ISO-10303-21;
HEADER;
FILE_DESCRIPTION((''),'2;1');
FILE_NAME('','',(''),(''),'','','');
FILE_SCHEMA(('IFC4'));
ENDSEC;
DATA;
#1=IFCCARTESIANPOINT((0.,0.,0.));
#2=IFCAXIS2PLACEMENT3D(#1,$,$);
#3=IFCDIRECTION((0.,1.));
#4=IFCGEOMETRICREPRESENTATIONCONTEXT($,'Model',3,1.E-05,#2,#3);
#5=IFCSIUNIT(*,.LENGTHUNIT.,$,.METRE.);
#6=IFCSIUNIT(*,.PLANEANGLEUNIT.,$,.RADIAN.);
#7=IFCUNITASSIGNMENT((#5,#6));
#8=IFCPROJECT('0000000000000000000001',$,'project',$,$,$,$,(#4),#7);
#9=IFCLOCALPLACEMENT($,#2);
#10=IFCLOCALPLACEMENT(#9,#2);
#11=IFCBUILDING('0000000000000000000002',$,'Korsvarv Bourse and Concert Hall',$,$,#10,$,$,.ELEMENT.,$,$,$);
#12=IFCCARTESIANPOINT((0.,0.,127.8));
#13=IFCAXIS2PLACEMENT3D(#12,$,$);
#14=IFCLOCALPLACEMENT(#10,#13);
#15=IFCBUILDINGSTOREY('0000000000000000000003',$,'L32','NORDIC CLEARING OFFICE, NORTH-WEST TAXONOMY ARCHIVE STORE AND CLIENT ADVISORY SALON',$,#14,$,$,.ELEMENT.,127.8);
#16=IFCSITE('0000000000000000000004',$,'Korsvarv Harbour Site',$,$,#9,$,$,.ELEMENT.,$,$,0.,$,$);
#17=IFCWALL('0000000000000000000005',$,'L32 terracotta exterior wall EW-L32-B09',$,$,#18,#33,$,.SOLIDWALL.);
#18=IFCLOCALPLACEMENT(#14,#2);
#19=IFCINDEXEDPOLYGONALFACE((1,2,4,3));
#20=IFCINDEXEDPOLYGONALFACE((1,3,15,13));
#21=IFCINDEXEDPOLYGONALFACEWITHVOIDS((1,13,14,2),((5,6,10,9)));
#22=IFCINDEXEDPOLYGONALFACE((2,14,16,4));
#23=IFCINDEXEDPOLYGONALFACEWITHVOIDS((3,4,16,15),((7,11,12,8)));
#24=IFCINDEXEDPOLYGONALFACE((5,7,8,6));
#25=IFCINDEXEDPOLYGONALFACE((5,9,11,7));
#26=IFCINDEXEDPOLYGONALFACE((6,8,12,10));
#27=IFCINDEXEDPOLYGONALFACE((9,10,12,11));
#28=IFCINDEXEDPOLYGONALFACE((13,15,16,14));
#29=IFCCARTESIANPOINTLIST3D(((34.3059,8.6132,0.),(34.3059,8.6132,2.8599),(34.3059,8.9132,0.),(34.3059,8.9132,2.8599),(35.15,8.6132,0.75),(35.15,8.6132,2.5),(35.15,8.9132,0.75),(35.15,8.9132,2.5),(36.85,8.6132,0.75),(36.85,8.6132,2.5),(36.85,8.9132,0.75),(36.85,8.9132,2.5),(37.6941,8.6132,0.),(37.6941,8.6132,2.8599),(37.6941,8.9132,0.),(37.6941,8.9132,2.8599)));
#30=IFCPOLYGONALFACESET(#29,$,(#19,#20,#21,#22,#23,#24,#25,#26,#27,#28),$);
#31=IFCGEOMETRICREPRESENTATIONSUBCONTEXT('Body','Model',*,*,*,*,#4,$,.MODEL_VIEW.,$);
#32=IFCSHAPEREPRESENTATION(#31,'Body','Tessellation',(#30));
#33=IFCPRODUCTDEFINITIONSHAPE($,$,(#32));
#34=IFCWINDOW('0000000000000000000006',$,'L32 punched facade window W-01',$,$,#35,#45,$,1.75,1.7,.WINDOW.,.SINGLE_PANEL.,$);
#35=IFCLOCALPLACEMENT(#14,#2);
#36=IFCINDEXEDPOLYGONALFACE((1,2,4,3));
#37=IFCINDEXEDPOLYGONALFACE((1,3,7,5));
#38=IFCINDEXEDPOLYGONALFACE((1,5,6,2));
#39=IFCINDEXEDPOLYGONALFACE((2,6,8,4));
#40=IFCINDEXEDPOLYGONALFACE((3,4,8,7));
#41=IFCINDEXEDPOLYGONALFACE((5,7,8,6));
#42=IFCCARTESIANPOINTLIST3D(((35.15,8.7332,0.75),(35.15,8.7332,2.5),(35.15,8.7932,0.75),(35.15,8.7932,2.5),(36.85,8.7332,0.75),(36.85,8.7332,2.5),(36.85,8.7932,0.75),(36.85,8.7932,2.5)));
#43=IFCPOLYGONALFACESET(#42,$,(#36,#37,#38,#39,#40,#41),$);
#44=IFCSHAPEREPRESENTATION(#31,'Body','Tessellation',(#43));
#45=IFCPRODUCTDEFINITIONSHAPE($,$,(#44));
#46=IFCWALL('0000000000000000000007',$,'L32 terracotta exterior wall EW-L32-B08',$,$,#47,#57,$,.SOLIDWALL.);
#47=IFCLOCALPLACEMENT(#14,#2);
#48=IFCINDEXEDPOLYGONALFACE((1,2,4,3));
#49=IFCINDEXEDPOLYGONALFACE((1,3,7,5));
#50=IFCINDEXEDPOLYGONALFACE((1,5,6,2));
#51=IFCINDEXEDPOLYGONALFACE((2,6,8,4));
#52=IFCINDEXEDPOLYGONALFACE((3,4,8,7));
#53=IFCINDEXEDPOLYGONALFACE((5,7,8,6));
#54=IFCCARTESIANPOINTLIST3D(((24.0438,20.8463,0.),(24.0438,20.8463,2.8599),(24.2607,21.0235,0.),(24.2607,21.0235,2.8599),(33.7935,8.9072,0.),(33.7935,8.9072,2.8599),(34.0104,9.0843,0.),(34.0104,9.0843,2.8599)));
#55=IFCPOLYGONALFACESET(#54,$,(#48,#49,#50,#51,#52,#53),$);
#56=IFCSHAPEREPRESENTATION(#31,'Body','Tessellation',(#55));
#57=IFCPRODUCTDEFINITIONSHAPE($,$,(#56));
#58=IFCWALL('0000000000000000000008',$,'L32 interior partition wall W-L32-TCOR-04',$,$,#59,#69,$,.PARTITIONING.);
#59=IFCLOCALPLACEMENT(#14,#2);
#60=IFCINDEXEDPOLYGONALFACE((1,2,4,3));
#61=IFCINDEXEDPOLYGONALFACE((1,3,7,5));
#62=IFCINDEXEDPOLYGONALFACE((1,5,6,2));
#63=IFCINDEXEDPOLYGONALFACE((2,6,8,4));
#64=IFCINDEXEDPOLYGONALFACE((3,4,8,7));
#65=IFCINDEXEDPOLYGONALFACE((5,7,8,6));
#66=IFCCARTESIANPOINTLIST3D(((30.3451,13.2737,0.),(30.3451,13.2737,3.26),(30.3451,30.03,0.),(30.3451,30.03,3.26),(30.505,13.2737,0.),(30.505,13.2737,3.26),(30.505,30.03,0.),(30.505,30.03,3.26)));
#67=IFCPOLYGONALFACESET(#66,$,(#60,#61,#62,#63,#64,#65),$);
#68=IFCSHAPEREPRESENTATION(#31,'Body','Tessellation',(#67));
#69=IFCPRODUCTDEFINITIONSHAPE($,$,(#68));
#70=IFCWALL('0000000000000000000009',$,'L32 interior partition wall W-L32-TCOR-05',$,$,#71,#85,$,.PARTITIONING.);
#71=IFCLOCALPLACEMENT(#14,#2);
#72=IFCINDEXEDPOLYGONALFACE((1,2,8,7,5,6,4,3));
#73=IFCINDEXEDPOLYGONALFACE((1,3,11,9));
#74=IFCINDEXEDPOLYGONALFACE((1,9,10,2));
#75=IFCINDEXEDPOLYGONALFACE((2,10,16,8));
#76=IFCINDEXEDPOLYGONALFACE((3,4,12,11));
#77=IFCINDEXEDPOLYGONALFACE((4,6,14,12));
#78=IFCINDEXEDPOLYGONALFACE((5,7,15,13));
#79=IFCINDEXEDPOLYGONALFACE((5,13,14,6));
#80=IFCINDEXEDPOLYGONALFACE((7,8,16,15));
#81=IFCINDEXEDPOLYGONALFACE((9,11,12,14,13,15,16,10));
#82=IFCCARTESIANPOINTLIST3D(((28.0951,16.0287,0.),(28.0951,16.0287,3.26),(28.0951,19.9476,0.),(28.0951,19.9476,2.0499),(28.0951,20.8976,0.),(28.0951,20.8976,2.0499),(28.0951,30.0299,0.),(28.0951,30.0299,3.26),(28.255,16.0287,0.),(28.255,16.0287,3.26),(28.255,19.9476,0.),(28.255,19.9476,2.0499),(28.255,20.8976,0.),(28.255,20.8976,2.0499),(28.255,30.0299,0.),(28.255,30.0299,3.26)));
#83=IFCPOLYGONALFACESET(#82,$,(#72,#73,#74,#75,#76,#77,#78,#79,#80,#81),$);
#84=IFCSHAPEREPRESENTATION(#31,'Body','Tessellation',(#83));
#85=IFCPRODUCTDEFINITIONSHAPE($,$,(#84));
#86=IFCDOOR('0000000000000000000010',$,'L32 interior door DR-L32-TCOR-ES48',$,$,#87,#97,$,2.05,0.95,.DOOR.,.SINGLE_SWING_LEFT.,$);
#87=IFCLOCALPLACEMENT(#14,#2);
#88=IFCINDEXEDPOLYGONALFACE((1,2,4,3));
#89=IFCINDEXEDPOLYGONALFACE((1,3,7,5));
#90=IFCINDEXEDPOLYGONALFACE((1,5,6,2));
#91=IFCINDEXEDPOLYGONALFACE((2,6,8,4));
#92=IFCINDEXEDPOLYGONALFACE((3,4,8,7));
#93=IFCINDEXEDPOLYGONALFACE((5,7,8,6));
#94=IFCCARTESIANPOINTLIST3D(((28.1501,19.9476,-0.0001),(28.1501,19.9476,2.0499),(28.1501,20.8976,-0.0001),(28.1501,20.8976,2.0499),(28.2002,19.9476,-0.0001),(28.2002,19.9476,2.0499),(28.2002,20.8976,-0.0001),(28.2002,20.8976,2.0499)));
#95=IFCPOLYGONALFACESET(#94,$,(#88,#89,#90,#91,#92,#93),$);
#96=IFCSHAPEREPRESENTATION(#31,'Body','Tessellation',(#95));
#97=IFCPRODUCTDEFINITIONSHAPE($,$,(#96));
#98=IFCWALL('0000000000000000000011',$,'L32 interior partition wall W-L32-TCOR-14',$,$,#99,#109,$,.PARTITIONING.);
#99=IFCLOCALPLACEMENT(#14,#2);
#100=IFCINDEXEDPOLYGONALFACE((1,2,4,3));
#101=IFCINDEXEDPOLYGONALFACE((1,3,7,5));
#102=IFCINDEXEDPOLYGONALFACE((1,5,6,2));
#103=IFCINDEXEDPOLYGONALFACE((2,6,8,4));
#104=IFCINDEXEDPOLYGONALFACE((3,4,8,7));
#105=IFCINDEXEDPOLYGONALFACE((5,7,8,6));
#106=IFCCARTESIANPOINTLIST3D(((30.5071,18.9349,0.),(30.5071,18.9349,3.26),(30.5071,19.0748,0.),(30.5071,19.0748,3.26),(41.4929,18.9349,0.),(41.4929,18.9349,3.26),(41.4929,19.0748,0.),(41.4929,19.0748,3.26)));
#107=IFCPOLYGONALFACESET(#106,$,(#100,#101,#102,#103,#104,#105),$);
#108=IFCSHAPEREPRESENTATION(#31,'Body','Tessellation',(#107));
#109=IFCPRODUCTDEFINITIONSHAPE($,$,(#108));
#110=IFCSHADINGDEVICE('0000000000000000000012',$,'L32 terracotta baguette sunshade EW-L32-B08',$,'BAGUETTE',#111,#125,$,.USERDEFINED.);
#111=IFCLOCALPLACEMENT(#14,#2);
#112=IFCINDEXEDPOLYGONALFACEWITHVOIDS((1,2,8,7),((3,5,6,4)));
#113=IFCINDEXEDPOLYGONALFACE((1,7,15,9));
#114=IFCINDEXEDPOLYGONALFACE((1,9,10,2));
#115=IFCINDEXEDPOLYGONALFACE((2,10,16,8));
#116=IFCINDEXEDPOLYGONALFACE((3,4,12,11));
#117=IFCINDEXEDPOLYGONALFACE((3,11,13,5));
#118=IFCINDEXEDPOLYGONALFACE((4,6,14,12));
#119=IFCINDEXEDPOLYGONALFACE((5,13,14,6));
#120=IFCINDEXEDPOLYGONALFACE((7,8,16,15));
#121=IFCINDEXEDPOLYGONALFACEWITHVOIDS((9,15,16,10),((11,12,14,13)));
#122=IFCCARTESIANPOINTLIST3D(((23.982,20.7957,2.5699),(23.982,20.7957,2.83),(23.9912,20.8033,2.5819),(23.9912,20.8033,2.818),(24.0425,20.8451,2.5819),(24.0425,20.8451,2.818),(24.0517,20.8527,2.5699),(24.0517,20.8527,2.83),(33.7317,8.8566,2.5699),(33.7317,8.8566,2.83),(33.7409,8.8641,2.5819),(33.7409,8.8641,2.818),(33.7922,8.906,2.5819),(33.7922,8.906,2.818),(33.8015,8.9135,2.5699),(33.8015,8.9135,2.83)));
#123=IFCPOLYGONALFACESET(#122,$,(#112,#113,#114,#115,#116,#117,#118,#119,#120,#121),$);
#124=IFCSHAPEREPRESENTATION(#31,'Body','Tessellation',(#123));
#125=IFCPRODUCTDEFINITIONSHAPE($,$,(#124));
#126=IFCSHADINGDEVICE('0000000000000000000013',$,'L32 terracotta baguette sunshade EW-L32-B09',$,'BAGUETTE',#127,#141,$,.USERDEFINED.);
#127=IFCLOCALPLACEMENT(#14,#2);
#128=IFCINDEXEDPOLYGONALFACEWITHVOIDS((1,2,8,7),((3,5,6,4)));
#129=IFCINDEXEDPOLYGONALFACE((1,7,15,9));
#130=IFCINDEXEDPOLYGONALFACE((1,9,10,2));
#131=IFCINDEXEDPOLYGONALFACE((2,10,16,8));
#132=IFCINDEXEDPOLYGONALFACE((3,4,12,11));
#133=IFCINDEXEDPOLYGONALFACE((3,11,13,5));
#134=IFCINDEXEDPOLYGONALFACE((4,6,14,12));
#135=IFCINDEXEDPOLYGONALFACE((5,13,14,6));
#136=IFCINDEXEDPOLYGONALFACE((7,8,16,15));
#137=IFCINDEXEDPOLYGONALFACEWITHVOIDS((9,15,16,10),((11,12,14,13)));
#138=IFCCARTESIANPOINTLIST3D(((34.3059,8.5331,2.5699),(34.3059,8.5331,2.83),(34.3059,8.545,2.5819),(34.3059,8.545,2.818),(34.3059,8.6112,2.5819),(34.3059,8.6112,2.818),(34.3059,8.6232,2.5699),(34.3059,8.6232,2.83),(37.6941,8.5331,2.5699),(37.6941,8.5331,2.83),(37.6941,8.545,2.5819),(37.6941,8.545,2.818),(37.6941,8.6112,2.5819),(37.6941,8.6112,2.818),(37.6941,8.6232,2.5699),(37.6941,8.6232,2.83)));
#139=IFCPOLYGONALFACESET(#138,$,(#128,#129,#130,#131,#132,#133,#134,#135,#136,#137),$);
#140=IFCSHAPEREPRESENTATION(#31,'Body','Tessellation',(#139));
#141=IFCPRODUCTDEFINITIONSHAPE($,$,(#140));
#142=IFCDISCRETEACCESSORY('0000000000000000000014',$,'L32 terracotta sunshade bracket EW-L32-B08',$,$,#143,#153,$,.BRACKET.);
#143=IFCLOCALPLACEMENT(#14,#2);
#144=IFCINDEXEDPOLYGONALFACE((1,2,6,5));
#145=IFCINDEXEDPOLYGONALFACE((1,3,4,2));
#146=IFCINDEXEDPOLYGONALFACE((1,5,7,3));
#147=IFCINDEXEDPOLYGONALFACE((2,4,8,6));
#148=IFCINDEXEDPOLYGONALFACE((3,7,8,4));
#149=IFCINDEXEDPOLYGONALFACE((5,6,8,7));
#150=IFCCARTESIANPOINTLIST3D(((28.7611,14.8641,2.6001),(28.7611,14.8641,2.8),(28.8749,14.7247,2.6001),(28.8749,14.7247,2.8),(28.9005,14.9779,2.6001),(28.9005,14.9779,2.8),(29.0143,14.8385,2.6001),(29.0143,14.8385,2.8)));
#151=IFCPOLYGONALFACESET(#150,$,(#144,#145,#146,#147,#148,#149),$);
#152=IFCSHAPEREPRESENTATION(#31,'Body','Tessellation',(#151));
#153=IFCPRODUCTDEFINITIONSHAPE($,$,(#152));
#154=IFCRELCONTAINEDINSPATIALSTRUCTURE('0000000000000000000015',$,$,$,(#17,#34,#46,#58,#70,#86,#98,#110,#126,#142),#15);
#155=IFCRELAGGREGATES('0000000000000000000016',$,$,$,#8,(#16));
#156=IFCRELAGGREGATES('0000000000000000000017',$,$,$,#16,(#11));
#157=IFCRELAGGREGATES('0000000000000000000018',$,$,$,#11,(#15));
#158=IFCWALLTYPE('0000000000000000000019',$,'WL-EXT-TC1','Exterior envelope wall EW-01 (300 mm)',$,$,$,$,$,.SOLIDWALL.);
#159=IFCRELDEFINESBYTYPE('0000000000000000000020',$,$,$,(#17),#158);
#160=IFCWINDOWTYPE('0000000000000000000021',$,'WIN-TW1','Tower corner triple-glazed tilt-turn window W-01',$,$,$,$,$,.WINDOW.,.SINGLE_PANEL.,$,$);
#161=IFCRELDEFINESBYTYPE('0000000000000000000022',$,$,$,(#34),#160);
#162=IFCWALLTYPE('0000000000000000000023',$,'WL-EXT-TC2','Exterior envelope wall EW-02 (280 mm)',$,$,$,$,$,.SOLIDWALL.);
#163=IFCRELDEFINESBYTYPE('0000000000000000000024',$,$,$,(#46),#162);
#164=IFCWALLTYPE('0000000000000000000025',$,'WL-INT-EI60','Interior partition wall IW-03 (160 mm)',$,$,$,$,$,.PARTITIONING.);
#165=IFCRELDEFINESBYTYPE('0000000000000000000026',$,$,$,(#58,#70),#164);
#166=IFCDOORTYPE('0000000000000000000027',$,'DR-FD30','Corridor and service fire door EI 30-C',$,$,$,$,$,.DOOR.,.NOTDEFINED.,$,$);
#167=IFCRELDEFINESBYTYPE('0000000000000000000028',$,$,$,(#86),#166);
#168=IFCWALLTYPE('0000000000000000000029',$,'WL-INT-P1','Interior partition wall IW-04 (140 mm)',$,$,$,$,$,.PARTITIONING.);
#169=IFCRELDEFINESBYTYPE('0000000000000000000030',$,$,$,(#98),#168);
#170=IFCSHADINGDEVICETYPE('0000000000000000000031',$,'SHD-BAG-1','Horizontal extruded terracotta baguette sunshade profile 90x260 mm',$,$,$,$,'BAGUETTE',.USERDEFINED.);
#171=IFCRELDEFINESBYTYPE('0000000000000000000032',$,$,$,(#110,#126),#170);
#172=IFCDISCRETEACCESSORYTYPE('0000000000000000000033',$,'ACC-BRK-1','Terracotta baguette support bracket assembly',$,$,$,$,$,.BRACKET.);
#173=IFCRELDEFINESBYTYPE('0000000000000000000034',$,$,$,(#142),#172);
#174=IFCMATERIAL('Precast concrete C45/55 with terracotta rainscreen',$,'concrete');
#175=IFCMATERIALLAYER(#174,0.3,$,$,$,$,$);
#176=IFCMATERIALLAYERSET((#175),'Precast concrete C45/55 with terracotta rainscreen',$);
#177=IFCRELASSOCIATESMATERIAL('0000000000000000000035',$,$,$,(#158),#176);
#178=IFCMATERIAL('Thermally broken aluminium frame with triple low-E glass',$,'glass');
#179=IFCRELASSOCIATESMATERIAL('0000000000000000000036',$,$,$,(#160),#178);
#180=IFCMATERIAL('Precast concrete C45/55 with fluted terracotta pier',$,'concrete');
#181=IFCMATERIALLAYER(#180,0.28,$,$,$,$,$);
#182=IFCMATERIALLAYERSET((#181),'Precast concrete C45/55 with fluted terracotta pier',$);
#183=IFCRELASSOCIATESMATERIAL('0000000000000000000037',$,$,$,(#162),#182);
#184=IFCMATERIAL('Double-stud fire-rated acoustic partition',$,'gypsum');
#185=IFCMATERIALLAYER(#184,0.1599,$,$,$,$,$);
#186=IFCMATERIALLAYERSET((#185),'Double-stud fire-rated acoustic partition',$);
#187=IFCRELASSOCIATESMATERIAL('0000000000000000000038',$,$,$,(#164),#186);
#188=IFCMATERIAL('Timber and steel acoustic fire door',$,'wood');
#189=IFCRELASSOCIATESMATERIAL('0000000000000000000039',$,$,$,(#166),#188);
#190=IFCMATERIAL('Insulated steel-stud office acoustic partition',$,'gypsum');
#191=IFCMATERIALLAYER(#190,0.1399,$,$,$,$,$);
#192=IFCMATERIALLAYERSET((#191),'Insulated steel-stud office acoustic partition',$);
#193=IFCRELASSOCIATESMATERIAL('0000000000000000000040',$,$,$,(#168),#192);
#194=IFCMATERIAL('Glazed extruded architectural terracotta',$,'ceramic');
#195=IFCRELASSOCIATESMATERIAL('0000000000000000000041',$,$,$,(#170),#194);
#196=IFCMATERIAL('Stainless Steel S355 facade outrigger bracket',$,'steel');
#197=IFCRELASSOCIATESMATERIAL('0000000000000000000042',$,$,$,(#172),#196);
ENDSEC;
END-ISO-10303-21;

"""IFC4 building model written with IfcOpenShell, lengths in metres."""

from ifc_helpers import new_model, si_unit, direction, frame, frame_2d, origin, origin_2d, place, context, subcontext, project, spatial, rectangle, hollow_rectangle, extrude, source, transform, mapped, material, layer, layer_set, material_profile, profile_set, type_object, element, fill, save


model = new_model("IFC4")

# Units and contexts
model_context = context("Model", 3, precision=1e-05, world=origin(), true_north=direction((0.0, 1.0)))
body_context = subcontext(model_context, "Body", "Model", "MODEL_VIEW")
ifc_project = project(units=[si_unit("LENGTHUNIT", "METRE"), si_unit("PLANEANGLEUNIT", "RADIAN")], contexts=[model_context])

# Site, building, storey
site_placement = place(None, origin())
site = spatial("IfcSite", under=ifc_project, at=site_placement, Name="Korsvarv Harbour Site", CompositionType="ELEMENT", RefElevation=0.0)
building_placement = place(site_placement, origin())
building = spatial("IfcBuilding", under=site, at=building_placement, Name="Korsvarv Bourse and Concert Hall", CompositionType="ELEMENT")
storey_placement = place(building_placement, frame((0.0, 0.0, 127.8)))
storey = spatial("IfcBuildingStorey", under=building, at=storey_placement, Name="L32", Description="NORDIC CLEARING OFFICE, NORTH-WEST TAXONOMY ARCHIVE STORE AND CLIENT ADVISORY SALON", CompositionType="ELEMENT", Elevation=127.8)

# Wall, opening, window
ifc_material_1 = material(Name="Precast concrete C45/55 with terracotta rainscreen", Category="concrete")
ifc_layer_1 = layer(ifc_material_1, 0.3)
ifc_layer_set_1 = layer_set([ifc_layer_1], Name="Precast concrete C45/55 with terracotta rainscreen")
wall_type_1 = type_object("IfcWallType", Name="WL-EXT-TC1", Description="Exterior envelope wall EW-01 (300 mm)", PredefinedType="SOLIDWALL", material=ifc_layer_set_1)
wall_1_placement = place(storey_placement, frame((34.3059, 8.7632, 0.0), z_axis=(0.0, 0.0, 1.0), x_axis=(1.0, 0.0, 0.0)))
wall_1 = element("IfcWall", 1, at=wall_1_placement, inside=storey, type_object=wall_type_1, Name="L32 terracotta exterior wall EW-L32-B09", PredefinedType="SOLIDWALL", context=body_context, shape_type="SweptSolid", body=[
    extrude(rectangle(XDim=3.3882, YDim=0.3, at=frame_2d((1.6941, 0.0))), origin(), (0.0, 0.0, 1.0), 2.8599),
])
opening_1_placement = place(wall_1_placement, frame((0.844, 0.0, 0.75)))
opening_1 = element("IfcOpeningElement", 2, at=opening_1_placement, cuts=wall_1, PredefinedType="OPENING", context=body_context, shape_type="SweptSolid", body=[
    extrude(rectangle(XDim=1.7, YDim=1.75, at=frame_2d((0.8501, 0.875))), frame((0.0, 0.1602, 0.0), z_axis=(0.0, -1.0, 0.0), x_axis=(1.0, 0.0, 0.0)), (0.0, 0.0, 1.0), 0.3201),
])
ifc_material_2 = material(Name="Thermally broken aluminium frame with triple low-E glass", Category="glass")
window_type = type_object("IfcWindowType", Name="WIN-TW1", Description="Tower corner triple-glazed tilt-turn window W-01", PartitioningType="SINGLE_PANEL", PredefinedType="WINDOW", material=ifc_material_2)
window_placement = place(opening_1_placement, origin())
window = element("IfcWindow", 3, at=window_placement, inside=storey, type_object=window_type, Name="L32 punched facade window W-01", OverallHeight=1.75, OverallWidth=1.7, PartitioningType="SINGLE_PANEL", PredefinedType="WINDOW", context=body_context, shape_type="SweptSolid", body=[
    extrude(rectangle(XDim=1.7, YDim=1.75, at=frame_2d((0.8501, 0.875))), frame((0.0, 0.03, 0.0), z_axis=(0.0, -1.0, 0.0), x_axis=(1.0, 0.0, 0.0)), (0.0, 0.0, 1.0), 0.0601),
])
fill(opening_1, window)

# Walls
ifc_material_3 = material(Name="Precast concrete C45/55 with fluted terracotta pier", Category="concrete")
ifc_layer_2 = layer(ifc_material_3, 0.28)
ifc_layer_set_2 = layer_set([ifc_layer_2], Name="Precast concrete C45/55 with fluted terracotta pier")
wall_type_2 = type_object("IfcWallType", Name="WL-EXT-TC2", Description="Exterior envelope wall EW-02 (280 mm)", PredefinedType="SOLIDWALL", material=ifc_layer_set_2)
wall_2_placement = place(storey_placement, frame((24.1523, 20.9348, 0.0), z_axis=(0.0, 0.0, 1.0), x_axis=(0.632511, -0.774551, 0.0)))
element("IfcWall", 4, at=wall_2_placement, inside=storey, type_object=wall_type_2, Name="L32 terracotta exterior wall EW-L32-B08", PredefinedType="SOLIDWALL", context=body_context, shape_type="SweptSolid", body=[
    extrude(rectangle(XDim=15.4143, YDim=0.28, at=frame_2d((7.707, 0.0))), origin(), (0.0, 0.0, 1.0), 2.8599),
])
ifc_material_4 = material(Name="Double-stud fire-rated acoustic partition", Category="gypsum")
ifc_layer_3 = layer(ifc_material_4, 0.1599)
ifc_layer_set_3 = layer_set([ifc_layer_3], Name="Double-stud fire-rated acoustic partition")
wall_type_3 = type_object("IfcWallType", Name="WL-INT-EI60", Description="Interior partition wall IW-03 (160 mm)", PredefinedType="PARTITIONING", material=ifc_layer_set_3)
wall_3_placement = place(storey_placement, frame((30.425, 13.2737, 0.0), z_axis=(0.0, 0.0, 1.0), x_axis=(0.0, 1.0, 0.0)))
element("IfcWall", 5, at=wall_3_placement, inside=storey, type_object=wall_type_3, Name="L32 interior partition wall W-L32-TCOR-04", PredefinedType="PARTITIONING", context=body_context, shape_type="SweptSolid", body=[
    extrude(rectangle(XDim=16.7563, YDim=0.1599, at=frame_2d((8.3782, 0.0))), origin(), (0.0, 0.0, 1.0), 3.26),
])

# Wall, opening, door
wall_4_placement = place(storey_placement, frame((28.175, 16.0288, 0.0), z_axis=(0.0, 0.0, 1.0), x_axis=(0.0, 1.0, 0.0)))
wall_4 = element("IfcWall", 6, at=wall_4_placement, inside=storey, type_object=wall_type_3, Name="L32 interior partition wall W-L32-TCOR-05", PredefinedType="PARTITIONING", context=body_context, shape_type="SweptSolid", body=[
    extrude(rectangle(XDim=14.0012, YDim=0.1599, at=frame_2d((7.0005, 0.0))), origin(), (0.0, 0.0, 1.0), 3.26),
])
opening_2_placement = place(wall_4_placement, frame((3.9187, 0.0, 0.0)))
opening_2 = element("IfcOpeningElement", 7, at=opening_2_placement, cuts=wall_4, PredefinedType="OPENING", context=body_context, shape_type="SweptSolid", body=[
    extrude(rectangle(XDim=0.95, YDim=2.05, at=frame_2d((0.4751, 1.0249))), frame((0.0, 0.0898, 0.0), z_axis=(0.0, -1.0, 0.0), x_axis=(1.0, 0.0, 0.0)), (0.0, 0.0, 1.0), 0.1799),
])
ifc_material_5 = material(Name="Timber and steel acoustic fire door", Category="wood")
door_type = type_object("IfcDoorType", Name="DR-FD30", Description="Corridor and service fire door EI 30-C", OperationType="NOTDEFINED", PredefinedType="DOOR", material=ifc_material_5)
door_placement = place(opening_2_placement, origin())
door = element("IfcDoor", 8, at=door_placement, inside=storey, type_object=door_type, Name="L32 interior door DR-L32-TCOR-ES48", OperationType="SINGLE_SWING_LEFT", OverallHeight=2.05, OverallWidth=0.95, PredefinedType="DOOR", context=body_context, shape_type="SweptSolid", body=[
    extrude(rectangle(XDim=0.95, YDim=2.05, at=frame_2d((0.4751, 1.0249))), frame((0.0, 0.0249, 0.0), z_axis=(0.0, -1.0, 0.0), x_axis=(1.0, 0.0, 0.0)), (0.0, 0.0, 1.0), 0.05),
])
fill(opening_2, door)

# Wall
ifc_material_6 = material(Name="Insulated steel-stud office acoustic partition", Category="gypsum")
ifc_layer_4 = layer(ifc_material_6, 0.1399)
ifc_layer_set_4 = layer_set([ifc_layer_4], Name="Insulated steel-stud office acoustic partition")
wall_type_4 = type_object("IfcWallType", Name="WL-INT-P1", Description="Interior partition wall IW-04 (140 mm)", PredefinedType="PARTITIONING", material=ifc_layer_set_4)
wall_5_placement = place(storey_placement, frame((30.5071, 19.0049, 0.0), z_axis=(0.0, 0.0, 1.0), x_axis=(1.0, 0.0, 0.0)))
element("IfcWall", 9, at=wall_5_placement, inside=storey, type_object=wall_type_4, Name="L32 interior partition wall W-L32-TCOR-14", PredefinedType="PARTITIONING", context=body_context, shape_type="SweptSolid", body=[
    extrude(rectangle(XDim=10.9858, YDim=0.1399, at=frame_2d((5.4929, 0.0))), origin(), (0.0, 0.0, 1.0), 3.26),
])

# Shading devices
ifc_material_7 = material(Name="Glazed extruded architectural terracotta", Category="ceramic")
ifc_material_profile_1 = material_profile(ifc_material_7, hollow_rectangle(XDim=0.0901, YDim=0.26, WallThickness=0.012, at=origin_2d()), Name="TC-BAG 90x260")
ifc_profile_set_1 = profile_set([ifc_material_profile_1], Name="Glazed extruded architectural terracotta")
shading_device_type = type_object("IfcShadingDeviceType", Name="SHD-BAG-1", Description="Horizontal extruded terracotta baguette sunshade profile 90x260 mm", ElementType="BAGUETTE", PredefinedType="USERDEFINED", material=ifc_profile_set_1)
shared_shape_1 = source(origin(), body_context, "Body", "SweptSolid", [
    extrude(hollow_rectangle(XDim=0.0901, YDim=0.26, WallThickness=0.012, at=origin_2d()), origin(), (0.0, 0.0, 1.0), 15.4143),
])
shading_device_1_placement = place(storey_placement, frame((24.0168, 20.8242, 2.7), z_axis=(0.632511, -0.774551, 0.0), x_axis=(0.774551, 0.632511, 0.0)))
element("IfcShadingDevice", 10, at=shading_device_1_placement, inside=storey, type_object=shading_device_type, Name="L32 terracotta baguette sunshade EW-L32-B08", ObjectType="BAGUETTE", PredefinedType="USERDEFINED", context=body_context, shape_type="MappedRepresentation", body=[
    mapped(shared_shape_1, transform((0.0, 0.0, 0.0), scale=1.0)),
])
shared_shape_2 = source(origin(), body_context, "Body", "SweptSolid", [
    extrude(hollow_rectangle(XDim=0.0901, YDim=0.26, WallThickness=0.012, at=origin_2d()), origin(), (0.0, 0.0, 1.0), 3.3882),
])
shading_device_2_placement = place(storey_placement, frame((34.3059, 8.5781, 2.7), z_axis=(1.0, 0.0, 0.0), x_axis=(0.0, 1.0, 0.0)))
element("IfcShadingDevice", 11, at=shading_device_2_placement, inside=storey, type_object=shading_device_type, Name="L32 terracotta baguette sunshade EW-L32-B09", ObjectType="BAGUETTE", PredefinedType="USERDEFINED", context=body_context, shape_type="MappedRepresentation", body=[
    mapped(shared_shape_2, transform((0.0, 0.0, 0.0), scale=1.0)),
])

# Discrete accessory
ifc_material_8 = material(Name="Stainless Steel S355 facade outrigger bracket", Category="steel")
discrete_accessory_type = type_object("IfcDiscreteAccessoryType", Name="ACC-BRK-1", Description="Terracotta baguette support bracket assembly", PredefinedType="BRACKET", material=ifc_material_8)
shared_shape_3 = source(origin(), body_context, "Body", "SweptSolid", [
    extrude(rectangle(XDim=0.1799, YDim=0.1799, at=origin_2d()), origin(), (0.0, 0.0, 1.0), 0.2),
])
discrete_accessory_placement = place(storey_placement, frame((28.8877, 14.8513, 2.6001), z_axis=(0.0, 0.0, 1.0), x_axis=(0.63257, -0.774503, 0.0)))
element("IfcDiscreteAccessory", 12, at=discrete_accessory_placement, inside=storey, type_object=discrete_accessory_type, Name="L32 terracotta sunshade bracket EW-L32-B08", PredefinedType="BRACKET", context=body_context, shape_type="MappedRepresentation", body=[
    mapped(shared_shape_3, transform((0.0, 0.0, 0.0), scale=1.0)),
])

save(model, "model.ifc")
